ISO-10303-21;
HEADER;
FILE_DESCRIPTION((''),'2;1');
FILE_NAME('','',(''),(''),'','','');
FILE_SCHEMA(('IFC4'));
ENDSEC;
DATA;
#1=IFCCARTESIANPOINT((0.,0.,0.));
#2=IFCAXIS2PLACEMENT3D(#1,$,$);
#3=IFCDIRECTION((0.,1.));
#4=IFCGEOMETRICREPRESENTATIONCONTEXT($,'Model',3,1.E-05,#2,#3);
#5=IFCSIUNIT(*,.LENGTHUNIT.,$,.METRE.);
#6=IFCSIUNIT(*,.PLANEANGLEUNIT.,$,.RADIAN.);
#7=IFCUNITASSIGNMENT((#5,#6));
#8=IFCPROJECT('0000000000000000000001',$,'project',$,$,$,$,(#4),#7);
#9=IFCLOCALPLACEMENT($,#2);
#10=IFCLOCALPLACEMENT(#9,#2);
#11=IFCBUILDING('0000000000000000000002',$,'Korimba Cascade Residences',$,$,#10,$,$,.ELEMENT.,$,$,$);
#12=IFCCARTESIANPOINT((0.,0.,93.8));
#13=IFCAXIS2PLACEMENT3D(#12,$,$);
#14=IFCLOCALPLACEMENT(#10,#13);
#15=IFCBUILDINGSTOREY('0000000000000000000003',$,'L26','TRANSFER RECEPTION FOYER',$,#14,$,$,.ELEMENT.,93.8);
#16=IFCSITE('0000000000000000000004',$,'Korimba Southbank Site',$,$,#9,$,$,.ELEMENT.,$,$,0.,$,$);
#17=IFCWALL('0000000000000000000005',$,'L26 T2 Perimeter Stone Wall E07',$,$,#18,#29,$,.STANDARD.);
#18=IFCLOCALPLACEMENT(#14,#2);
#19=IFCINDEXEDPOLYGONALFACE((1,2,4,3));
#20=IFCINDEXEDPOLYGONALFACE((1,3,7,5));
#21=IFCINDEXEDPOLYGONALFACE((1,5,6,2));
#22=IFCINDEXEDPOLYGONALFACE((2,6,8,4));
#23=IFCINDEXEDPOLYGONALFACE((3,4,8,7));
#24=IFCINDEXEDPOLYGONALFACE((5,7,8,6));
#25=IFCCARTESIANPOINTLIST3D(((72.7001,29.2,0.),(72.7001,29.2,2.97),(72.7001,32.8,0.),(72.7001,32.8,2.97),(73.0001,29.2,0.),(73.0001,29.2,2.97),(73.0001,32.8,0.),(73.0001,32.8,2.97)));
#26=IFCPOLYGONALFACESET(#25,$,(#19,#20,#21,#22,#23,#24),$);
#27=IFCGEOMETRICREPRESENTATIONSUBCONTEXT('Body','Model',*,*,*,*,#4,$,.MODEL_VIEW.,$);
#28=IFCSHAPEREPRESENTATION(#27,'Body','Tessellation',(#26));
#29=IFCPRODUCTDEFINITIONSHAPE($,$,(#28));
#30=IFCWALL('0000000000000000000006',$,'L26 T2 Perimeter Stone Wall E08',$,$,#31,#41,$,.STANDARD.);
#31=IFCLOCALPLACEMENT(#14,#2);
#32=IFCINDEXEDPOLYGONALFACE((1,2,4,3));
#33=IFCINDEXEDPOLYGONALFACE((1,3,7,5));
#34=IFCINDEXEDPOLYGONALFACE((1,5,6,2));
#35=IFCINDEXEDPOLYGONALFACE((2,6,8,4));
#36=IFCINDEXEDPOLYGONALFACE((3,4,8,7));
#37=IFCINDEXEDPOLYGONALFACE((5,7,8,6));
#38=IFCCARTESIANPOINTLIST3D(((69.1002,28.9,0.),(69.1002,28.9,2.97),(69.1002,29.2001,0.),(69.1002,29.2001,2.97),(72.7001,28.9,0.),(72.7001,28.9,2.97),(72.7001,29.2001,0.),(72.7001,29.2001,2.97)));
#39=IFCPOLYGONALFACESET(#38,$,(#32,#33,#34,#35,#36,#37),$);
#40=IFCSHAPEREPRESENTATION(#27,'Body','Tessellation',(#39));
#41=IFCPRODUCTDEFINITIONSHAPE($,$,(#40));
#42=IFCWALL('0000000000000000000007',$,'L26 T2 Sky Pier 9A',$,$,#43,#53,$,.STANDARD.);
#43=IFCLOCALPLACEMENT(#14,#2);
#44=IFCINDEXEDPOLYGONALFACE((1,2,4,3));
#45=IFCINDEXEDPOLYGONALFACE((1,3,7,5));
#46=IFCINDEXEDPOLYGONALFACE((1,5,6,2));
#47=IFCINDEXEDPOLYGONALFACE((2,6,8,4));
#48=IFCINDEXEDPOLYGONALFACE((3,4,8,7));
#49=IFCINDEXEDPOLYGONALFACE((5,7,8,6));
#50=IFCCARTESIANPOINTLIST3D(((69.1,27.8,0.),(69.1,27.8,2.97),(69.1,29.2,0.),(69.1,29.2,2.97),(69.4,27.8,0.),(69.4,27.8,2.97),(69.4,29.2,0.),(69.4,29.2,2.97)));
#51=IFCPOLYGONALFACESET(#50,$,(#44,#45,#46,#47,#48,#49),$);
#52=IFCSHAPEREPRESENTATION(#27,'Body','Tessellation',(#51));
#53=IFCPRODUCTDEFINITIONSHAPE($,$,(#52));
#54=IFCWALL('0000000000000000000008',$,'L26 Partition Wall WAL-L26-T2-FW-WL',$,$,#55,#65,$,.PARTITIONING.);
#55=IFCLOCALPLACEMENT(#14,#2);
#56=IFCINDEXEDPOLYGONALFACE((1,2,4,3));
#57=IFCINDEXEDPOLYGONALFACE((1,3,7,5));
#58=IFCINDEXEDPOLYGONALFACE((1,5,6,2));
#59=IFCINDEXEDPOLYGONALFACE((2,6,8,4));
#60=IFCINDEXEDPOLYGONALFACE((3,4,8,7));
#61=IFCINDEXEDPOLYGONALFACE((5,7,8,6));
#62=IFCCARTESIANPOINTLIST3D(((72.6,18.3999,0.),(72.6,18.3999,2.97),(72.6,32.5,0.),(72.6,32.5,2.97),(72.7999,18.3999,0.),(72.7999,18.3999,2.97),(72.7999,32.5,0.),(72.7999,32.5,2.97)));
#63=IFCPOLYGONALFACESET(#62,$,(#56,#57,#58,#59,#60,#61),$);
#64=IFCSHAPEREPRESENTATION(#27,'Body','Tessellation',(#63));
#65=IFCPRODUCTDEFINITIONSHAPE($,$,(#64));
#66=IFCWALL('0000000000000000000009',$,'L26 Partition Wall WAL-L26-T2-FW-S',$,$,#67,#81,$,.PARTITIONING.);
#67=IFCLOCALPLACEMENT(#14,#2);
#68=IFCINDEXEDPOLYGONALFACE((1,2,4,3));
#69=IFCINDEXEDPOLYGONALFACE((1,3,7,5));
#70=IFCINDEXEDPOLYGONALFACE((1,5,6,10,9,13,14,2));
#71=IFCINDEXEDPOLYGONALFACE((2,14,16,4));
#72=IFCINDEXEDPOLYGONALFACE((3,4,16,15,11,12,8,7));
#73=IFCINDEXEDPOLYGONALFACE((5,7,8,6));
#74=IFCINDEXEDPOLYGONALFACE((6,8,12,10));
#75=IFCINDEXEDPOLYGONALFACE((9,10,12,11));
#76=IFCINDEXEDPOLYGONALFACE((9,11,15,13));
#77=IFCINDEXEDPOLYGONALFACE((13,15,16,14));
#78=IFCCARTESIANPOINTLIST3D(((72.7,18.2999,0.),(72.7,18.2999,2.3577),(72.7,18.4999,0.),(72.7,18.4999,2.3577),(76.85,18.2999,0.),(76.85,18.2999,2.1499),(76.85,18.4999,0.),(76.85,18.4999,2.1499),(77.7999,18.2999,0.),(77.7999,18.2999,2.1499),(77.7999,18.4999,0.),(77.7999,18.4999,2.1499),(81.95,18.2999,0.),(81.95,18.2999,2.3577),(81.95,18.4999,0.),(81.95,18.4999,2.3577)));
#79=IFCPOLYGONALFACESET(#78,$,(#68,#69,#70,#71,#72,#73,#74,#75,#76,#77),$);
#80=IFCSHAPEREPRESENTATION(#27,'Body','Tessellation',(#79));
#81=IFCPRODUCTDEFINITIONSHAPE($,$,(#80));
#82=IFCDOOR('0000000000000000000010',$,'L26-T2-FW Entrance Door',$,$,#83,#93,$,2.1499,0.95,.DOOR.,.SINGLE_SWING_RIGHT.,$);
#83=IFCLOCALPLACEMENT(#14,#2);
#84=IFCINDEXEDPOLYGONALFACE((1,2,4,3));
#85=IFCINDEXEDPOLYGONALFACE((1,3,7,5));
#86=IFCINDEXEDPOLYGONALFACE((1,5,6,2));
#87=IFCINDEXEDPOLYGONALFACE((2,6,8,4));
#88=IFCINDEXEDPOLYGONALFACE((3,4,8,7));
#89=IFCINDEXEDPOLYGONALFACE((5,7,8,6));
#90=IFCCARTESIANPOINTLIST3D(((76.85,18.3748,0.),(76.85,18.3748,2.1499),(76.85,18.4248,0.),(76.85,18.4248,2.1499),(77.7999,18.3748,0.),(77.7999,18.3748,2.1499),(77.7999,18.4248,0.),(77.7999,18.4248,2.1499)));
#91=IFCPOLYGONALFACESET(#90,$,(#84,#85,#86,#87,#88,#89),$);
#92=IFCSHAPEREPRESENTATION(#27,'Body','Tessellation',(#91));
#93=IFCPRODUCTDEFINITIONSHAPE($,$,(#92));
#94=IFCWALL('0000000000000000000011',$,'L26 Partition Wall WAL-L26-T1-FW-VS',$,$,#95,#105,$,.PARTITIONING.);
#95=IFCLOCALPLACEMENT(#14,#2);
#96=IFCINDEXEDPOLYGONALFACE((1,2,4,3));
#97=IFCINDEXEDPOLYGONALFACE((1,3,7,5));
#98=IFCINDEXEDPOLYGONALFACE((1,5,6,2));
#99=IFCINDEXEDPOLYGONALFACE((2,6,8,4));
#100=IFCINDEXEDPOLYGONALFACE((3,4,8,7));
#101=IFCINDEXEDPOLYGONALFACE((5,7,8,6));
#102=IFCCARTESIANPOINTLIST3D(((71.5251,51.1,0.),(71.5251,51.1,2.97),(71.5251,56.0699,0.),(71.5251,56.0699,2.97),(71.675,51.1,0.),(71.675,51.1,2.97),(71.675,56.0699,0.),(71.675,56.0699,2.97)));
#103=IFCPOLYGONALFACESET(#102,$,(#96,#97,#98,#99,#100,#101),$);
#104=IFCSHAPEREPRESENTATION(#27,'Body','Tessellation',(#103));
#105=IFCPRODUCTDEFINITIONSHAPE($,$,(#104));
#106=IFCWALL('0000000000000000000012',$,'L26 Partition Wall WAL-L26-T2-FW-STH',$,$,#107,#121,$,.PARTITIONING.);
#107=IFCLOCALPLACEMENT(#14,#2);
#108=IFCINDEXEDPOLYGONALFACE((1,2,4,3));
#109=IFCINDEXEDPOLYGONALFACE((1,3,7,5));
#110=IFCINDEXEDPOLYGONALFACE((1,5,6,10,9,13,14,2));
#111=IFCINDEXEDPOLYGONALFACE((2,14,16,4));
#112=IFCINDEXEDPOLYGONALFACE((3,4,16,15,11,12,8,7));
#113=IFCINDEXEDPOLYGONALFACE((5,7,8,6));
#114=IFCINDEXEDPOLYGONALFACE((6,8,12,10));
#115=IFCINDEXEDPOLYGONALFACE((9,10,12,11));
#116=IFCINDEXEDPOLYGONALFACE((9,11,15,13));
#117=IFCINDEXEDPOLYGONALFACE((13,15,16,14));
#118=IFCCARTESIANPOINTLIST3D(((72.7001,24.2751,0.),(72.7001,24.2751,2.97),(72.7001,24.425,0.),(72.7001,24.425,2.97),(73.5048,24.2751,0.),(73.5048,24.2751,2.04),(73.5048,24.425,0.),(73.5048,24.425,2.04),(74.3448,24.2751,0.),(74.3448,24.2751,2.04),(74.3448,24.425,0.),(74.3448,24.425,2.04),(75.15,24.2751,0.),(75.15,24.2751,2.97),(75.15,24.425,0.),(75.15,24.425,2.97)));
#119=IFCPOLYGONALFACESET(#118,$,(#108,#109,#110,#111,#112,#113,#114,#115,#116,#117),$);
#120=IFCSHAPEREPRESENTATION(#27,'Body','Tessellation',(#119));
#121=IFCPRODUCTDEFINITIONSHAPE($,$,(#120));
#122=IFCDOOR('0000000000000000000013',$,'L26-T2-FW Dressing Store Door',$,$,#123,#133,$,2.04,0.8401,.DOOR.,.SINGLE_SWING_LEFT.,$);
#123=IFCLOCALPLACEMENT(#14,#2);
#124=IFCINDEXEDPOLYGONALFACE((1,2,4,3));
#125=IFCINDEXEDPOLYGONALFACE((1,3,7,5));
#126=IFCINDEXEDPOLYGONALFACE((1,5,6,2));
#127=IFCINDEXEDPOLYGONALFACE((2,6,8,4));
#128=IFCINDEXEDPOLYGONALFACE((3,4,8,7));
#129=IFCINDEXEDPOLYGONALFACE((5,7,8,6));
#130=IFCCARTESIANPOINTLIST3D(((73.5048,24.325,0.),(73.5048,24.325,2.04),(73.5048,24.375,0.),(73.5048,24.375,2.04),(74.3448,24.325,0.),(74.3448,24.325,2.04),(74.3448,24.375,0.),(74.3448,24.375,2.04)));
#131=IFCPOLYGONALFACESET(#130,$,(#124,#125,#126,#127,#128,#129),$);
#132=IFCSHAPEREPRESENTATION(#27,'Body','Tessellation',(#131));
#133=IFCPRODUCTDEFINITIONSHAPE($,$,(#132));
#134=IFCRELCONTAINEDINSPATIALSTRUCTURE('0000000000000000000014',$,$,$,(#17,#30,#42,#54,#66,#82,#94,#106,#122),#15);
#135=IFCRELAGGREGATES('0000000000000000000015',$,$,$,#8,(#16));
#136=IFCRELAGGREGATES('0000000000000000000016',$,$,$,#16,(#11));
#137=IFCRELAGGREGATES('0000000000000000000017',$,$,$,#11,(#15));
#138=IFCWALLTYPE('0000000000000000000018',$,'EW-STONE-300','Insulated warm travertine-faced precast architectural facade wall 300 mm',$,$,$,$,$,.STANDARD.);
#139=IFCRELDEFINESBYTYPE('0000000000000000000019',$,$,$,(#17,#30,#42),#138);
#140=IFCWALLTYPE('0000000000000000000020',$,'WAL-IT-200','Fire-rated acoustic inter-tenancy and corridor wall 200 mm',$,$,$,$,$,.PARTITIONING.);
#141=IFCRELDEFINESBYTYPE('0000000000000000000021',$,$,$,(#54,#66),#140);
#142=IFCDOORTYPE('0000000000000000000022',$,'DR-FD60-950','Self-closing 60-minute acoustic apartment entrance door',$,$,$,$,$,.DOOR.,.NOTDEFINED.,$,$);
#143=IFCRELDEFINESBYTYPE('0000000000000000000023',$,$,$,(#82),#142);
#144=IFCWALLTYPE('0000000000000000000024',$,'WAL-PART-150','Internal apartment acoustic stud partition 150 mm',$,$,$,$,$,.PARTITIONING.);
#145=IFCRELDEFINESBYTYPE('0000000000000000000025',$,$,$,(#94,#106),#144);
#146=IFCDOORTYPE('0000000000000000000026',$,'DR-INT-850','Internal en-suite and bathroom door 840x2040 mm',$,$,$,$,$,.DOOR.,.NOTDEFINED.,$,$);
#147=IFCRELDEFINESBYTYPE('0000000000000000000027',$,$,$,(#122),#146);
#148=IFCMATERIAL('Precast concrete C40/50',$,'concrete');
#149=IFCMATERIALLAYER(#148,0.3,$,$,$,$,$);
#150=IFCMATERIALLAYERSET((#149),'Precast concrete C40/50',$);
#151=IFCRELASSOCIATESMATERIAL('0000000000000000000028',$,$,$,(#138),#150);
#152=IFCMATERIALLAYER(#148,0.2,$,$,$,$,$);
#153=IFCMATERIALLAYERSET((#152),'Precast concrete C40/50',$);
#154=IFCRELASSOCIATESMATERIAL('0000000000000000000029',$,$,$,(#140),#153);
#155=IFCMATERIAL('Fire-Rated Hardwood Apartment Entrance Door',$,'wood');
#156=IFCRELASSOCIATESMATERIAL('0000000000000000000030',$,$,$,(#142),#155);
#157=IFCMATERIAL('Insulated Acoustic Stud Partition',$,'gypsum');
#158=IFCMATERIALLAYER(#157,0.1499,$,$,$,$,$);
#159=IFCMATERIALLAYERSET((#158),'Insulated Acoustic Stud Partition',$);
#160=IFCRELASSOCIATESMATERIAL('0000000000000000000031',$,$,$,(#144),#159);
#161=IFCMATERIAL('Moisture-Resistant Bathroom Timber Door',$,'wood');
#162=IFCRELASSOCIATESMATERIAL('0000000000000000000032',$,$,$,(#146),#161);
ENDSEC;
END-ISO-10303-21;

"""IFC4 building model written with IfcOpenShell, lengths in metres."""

from ifc_helpers import new_model, si_unit, direction, frame, frame_2d, origin, place, context, subcontext, project, spatial, rectangle, extrude, material, layer, layer_set, type_object, element, fill, save


model = new_model("IFC4")

# Units and contexts
model_context = context("Model", 3, precision=1e-05, world=origin(), true_north=direction((0.0, 1.0)))
body_context = subcontext(model_context, "Body", "Model", "MODEL_VIEW")
ifc_project = project(units=[si_unit("LENGTHUNIT", "METRE"), si_unit("PLANEANGLEUNIT", "RADIAN")], contexts=[model_context])

# Site, building, storey
site_placement = place(None, origin())
site = spatial("IfcSite", under=ifc_project, at=site_placement, Name="Korimba Southbank Site", CompositionType="ELEMENT", RefElevation=0.0)
building_placement = place(site_placement, origin())
building = spatial("IfcBuilding", under=site, at=building_placement, Name="Korimba Cascade Residences", CompositionType="ELEMENT")
storey_placement = place(building_placement, frame((0.0, 0.0, 93.8)))
storey = spatial("IfcBuildingStorey", under=building, at=storey_placement, Name="L26", Description="TRANSFER RECEPTION FOYER", CompositionType="ELEMENT", Elevation=93.8)

# Walls
ifc_material_1 = material(Name="Precast concrete C40/50", Category="concrete")
ifc_layer_1 = layer(ifc_material_1, 0.3)
ifc_layer_set_1 = layer_set([ifc_layer_1], Name="Precast concrete C40/50")
wall_type_1 = type_object("IfcWallType", Name="EW-STONE-300", Description="Insulated warm travertine-faced precast architectural facade wall 300 mm", PredefinedType="STANDARD", material=ifc_layer_set_1)
wall_1_placement = place(storey_placement, frame((72.8501, 32.8, 0.0), z_axis=(0.0, 0.0, 1.0), x_axis=(0.0, -1.0, 0.0)))
element("IfcWall", 1, at=wall_1_placement, inside=storey, type_object=wall_type_1, Name="L26 T2 Perimeter Stone Wall E07", PredefinedType="STANDARD", context=body_context, shape_type="SweptSolid", body=[
    extrude(rectangle(XDim=3.6001, YDim=0.3, at=frame_2d((1.8, 0.0))), origin(), (0.0, 0.0, 1.0), 2.97),
])
wall_2_placement = place(storey_placement, frame((72.7, 29.05, 0.0), z_axis=(0.0, 0.0, 1.0), x_axis=(-1.0, 0.0, 0.0)))
element("IfcWall", 2, at=wall_2_placement, inside=storey, type_object=wall_type_1, Name="L26 T2 Perimeter Stone Wall E08", PredefinedType="STANDARD", context=body_context, shape_type="SweptSolid", body=[
    extrude(rectangle(XDim=3.5999, YDim=0.3, at=frame_2d((1.7998, 0.0))), origin(), (0.0, 0.0, 1.0), 2.97),
])
wall_3_placement = place(storey_placement, frame((69.25, 29.2, 0.0), z_axis=(0.0, 0.0, 1.0), x_axis=(0.0, -1.0, 0.0)))
element("IfcWall", 3, at=wall_3_placement, inside=storey, type_object=wall_type_1, Name="L26 T2 Sky Pier 9A", PredefinedType="STANDARD", context=body_context, shape_type="SweptSolid", body=[
    extrude(rectangle(XDim=1.3999, YDim=0.3, at=frame_2d((0.7, 0.0))), origin(), (0.0, 0.0, 1.0), 2.97),
])
ifc_layer_2 = layer(ifc_material_1, 0.2)
ifc_layer_set_2 = layer_set([ifc_layer_2], Name="Precast concrete C40/50")
wall_type_2 = type_object("IfcWallType", Name="WAL-IT-200", Description="Fire-rated acoustic inter-tenancy and corridor wall 200 mm", PredefinedType="PARTITIONING", material=ifc_layer_set_2)
wall_4_placement = place(storey_placement, frame((72.7, 18.3999, 0.0), z_axis=(0.0, 0.0, 1.0), x_axis=(0.0, 1.0, 0.0)))
element("IfcWall", 4, at=wall_4_placement, inside=storey, type_object=wall_type_2, Name="L26 Partition Wall WAL-L26-T2-FW-WL", PredefinedType="PARTITIONING", context=body_context, shape_type="SweptSolid", body=[
    extrude(rectangle(XDim=14.1001, YDim=0.2, at=frame_2d((7.05, 0.0))), origin(), (0.0, 0.0, 1.0), 2.97),
])

# Wall, opening, door
wall_5_placement = place(storey_placement, frame((72.7, 18.3999, 0.0), z_axis=(0.0, 0.0, 1.0), x_axis=(1.0, 0.0, 0.0)))
wall_5 = element("IfcWall", 5, at=wall_5_placement, inside=storey, type_object=wall_type_2, Name="L26 Partition Wall WAL-L26-T2-FW-S", PredefinedType="PARTITIONING", context=body_context, shape_type="SweptSolid", body=[
    extrude(rectangle(XDim=9.25, YDim=0.2, at=frame_2d((4.625, 0.0))), origin(), (0.0, 0.0, 1.0), 2.3577),
])
opening_1_placement = place(wall_5_placement, frame((4.1499, 0.0, 0.0)))
opening_1 = element("IfcOpeningElement", 6, at=opening_1_placement, cuts=wall_5, PredefinedType="OPENING", context=body_context, shape_type="SweptSolid", body=[
    extrude(rectangle(XDim=0.95, YDim=2.1499, at=frame_2d((0.4751, 1.075))), frame((0.0, 0.1099, 0.0), z_axis=(0.0, -1.0, 0.0), x_axis=(1.0, 0.0, 0.0)), (0.0, 0.0, 1.0), 0.22),
])
ifc_material_2 = material(Name="Fire-Rated Hardwood Apartment Entrance Door", Category="wood")
door_type_1 = type_object("IfcDoorType", Name="DR-FD60-950", Description="Self-closing 60-minute acoustic apartment entrance door", OperationType="NOTDEFINED", PredefinedType="DOOR", material=ifc_material_2)
door_1_placement = place(opening_1_placement, origin())
door_1 = element("IfcDoor", 7, at=door_1_placement, inside=storey, type_object=door_type_1, Name="L26-T2-FW Entrance Door", OperationType="SINGLE_SWING_RIGHT", OverallHeight=2.1499, OverallWidth=0.95, PredefinedType="DOOR", context=body_context, shape_type="SweptSolid", body=[
    extrude(rectangle(XDim=0.95, YDim=2.1499, at=frame_2d((0.4751, 1.075))), frame((0.0, 0.0249, 0.0), z_axis=(0.0, -1.0, 0.0), x_axis=(1.0, 0.0, 0.0)), (0.0, 0.0, 1.0), 0.05),
])
fill(opening_1, door_1)

# Wall
ifc_material_3 = material(Name="Insulated Acoustic Stud Partition", Category="gypsum")
ifc_layer_3 = layer(ifc_material_3, 0.1499)
ifc_layer_set_3 = layer_set([ifc_layer_3], Name="Insulated Acoustic Stud Partition")
wall_type_3 = type_object("IfcWallType", Name="WAL-PART-150", Description="Internal apartment acoustic stud partition 150 mm", PredefinedType="PARTITIONING", material=ifc_layer_set_3)
wall_6_placement = place(storey_placement, frame((71.6001, 51.1001, 0.0), z_axis=(0.0, 0.0, 1.0), x_axis=(0.0, 1.0, 0.0)))
element("IfcWall", 8, at=wall_6_placement, inside=storey, type_object=wall_type_3, Name="L26 Partition Wall WAL-L26-T1-FW-VS", PredefinedType="PARTITIONING", context=body_context, shape_type="SweptSolid", body=[
    extrude(rectangle(XDim=4.97, YDim=0.1499, at=frame_2d((2.4849, 0.0))), origin(), (0.0, 0.0, 1.0), 2.97),
])

# Wall, opening, door
wall_7_placement = place(storey_placement, frame((72.7, 24.3501, 0.0), z_axis=(0.0, 0.0, 1.0), x_axis=(1.0, 0.0, 0.0)))
wall_7 = element("IfcWall", 9, at=wall_7_placement, inside=storey, type_object=wall_type_3, Name="L26 Partition Wall WAL-L26-T2-FW-STH", PredefinedType="PARTITIONING", context=body_context, shape_type="SweptSolid", body=[
    extrude(rectangle(XDim=2.45, YDim=0.1499, at=frame_2d((1.2251, 0.0))), origin(), (0.0, 0.0, 1.0), 2.97),
])
opening_2_placement = place(wall_7_placement, frame((0.8049, 0.0, 0.0)))
opening_2 = element("IfcOpeningElement", 10, at=opening_2_placement, cuts=wall_7, PredefinedType="OPENING", context=body_context, shape_type="SweptSolid", body=[
    extrude(rectangle(XDim=0.8401, YDim=2.04, at=frame_2d((0.4199, 1.02))), frame((0.0, 0.085, 0.0), z_axis=(0.0, -1.0, 0.0), x_axis=(1.0, 0.0, 0.0)), (0.0, 0.0, 1.0), 0.1699),
])
ifc_material_4 = material(Name="Moisture-Resistant Bathroom Timber Door", Category="wood")
door_type_2 = type_object("IfcDoorType", Name="DR-INT-850", Description="Internal en-suite and bathroom door 840x2040 mm", OperationType="NOTDEFINED", PredefinedType="DOOR", material=ifc_material_4)
door_2_placement = place(opening_2_placement, origin())
door_2 = element("IfcDoor", 11, at=door_2_placement, inside=storey, type_object=door_type_2, Name="L26-T2-FW Dressing Store Door", OperationType="SINGLE_SWING_LEFT", OverallHeight=2.04, OverallWidth=0.8401, PredefinedType="DOOR", context=body_context, shape_type="SweptSolid", body=[
    extrude(rectangle(XDim=0.8401, YDim=2.04, at=frame_2d((0.4199, 1.02))), frame((0.0, 0.0249, 0.0), z_axis=(0.0, -1.0, 0.0), x_axis=(1.0, 0.0, 0.0)), (0.0, 0.0, 1.0), 0.05),
])
fill(opening_2, door_2)

save(model, "model.ifc")
